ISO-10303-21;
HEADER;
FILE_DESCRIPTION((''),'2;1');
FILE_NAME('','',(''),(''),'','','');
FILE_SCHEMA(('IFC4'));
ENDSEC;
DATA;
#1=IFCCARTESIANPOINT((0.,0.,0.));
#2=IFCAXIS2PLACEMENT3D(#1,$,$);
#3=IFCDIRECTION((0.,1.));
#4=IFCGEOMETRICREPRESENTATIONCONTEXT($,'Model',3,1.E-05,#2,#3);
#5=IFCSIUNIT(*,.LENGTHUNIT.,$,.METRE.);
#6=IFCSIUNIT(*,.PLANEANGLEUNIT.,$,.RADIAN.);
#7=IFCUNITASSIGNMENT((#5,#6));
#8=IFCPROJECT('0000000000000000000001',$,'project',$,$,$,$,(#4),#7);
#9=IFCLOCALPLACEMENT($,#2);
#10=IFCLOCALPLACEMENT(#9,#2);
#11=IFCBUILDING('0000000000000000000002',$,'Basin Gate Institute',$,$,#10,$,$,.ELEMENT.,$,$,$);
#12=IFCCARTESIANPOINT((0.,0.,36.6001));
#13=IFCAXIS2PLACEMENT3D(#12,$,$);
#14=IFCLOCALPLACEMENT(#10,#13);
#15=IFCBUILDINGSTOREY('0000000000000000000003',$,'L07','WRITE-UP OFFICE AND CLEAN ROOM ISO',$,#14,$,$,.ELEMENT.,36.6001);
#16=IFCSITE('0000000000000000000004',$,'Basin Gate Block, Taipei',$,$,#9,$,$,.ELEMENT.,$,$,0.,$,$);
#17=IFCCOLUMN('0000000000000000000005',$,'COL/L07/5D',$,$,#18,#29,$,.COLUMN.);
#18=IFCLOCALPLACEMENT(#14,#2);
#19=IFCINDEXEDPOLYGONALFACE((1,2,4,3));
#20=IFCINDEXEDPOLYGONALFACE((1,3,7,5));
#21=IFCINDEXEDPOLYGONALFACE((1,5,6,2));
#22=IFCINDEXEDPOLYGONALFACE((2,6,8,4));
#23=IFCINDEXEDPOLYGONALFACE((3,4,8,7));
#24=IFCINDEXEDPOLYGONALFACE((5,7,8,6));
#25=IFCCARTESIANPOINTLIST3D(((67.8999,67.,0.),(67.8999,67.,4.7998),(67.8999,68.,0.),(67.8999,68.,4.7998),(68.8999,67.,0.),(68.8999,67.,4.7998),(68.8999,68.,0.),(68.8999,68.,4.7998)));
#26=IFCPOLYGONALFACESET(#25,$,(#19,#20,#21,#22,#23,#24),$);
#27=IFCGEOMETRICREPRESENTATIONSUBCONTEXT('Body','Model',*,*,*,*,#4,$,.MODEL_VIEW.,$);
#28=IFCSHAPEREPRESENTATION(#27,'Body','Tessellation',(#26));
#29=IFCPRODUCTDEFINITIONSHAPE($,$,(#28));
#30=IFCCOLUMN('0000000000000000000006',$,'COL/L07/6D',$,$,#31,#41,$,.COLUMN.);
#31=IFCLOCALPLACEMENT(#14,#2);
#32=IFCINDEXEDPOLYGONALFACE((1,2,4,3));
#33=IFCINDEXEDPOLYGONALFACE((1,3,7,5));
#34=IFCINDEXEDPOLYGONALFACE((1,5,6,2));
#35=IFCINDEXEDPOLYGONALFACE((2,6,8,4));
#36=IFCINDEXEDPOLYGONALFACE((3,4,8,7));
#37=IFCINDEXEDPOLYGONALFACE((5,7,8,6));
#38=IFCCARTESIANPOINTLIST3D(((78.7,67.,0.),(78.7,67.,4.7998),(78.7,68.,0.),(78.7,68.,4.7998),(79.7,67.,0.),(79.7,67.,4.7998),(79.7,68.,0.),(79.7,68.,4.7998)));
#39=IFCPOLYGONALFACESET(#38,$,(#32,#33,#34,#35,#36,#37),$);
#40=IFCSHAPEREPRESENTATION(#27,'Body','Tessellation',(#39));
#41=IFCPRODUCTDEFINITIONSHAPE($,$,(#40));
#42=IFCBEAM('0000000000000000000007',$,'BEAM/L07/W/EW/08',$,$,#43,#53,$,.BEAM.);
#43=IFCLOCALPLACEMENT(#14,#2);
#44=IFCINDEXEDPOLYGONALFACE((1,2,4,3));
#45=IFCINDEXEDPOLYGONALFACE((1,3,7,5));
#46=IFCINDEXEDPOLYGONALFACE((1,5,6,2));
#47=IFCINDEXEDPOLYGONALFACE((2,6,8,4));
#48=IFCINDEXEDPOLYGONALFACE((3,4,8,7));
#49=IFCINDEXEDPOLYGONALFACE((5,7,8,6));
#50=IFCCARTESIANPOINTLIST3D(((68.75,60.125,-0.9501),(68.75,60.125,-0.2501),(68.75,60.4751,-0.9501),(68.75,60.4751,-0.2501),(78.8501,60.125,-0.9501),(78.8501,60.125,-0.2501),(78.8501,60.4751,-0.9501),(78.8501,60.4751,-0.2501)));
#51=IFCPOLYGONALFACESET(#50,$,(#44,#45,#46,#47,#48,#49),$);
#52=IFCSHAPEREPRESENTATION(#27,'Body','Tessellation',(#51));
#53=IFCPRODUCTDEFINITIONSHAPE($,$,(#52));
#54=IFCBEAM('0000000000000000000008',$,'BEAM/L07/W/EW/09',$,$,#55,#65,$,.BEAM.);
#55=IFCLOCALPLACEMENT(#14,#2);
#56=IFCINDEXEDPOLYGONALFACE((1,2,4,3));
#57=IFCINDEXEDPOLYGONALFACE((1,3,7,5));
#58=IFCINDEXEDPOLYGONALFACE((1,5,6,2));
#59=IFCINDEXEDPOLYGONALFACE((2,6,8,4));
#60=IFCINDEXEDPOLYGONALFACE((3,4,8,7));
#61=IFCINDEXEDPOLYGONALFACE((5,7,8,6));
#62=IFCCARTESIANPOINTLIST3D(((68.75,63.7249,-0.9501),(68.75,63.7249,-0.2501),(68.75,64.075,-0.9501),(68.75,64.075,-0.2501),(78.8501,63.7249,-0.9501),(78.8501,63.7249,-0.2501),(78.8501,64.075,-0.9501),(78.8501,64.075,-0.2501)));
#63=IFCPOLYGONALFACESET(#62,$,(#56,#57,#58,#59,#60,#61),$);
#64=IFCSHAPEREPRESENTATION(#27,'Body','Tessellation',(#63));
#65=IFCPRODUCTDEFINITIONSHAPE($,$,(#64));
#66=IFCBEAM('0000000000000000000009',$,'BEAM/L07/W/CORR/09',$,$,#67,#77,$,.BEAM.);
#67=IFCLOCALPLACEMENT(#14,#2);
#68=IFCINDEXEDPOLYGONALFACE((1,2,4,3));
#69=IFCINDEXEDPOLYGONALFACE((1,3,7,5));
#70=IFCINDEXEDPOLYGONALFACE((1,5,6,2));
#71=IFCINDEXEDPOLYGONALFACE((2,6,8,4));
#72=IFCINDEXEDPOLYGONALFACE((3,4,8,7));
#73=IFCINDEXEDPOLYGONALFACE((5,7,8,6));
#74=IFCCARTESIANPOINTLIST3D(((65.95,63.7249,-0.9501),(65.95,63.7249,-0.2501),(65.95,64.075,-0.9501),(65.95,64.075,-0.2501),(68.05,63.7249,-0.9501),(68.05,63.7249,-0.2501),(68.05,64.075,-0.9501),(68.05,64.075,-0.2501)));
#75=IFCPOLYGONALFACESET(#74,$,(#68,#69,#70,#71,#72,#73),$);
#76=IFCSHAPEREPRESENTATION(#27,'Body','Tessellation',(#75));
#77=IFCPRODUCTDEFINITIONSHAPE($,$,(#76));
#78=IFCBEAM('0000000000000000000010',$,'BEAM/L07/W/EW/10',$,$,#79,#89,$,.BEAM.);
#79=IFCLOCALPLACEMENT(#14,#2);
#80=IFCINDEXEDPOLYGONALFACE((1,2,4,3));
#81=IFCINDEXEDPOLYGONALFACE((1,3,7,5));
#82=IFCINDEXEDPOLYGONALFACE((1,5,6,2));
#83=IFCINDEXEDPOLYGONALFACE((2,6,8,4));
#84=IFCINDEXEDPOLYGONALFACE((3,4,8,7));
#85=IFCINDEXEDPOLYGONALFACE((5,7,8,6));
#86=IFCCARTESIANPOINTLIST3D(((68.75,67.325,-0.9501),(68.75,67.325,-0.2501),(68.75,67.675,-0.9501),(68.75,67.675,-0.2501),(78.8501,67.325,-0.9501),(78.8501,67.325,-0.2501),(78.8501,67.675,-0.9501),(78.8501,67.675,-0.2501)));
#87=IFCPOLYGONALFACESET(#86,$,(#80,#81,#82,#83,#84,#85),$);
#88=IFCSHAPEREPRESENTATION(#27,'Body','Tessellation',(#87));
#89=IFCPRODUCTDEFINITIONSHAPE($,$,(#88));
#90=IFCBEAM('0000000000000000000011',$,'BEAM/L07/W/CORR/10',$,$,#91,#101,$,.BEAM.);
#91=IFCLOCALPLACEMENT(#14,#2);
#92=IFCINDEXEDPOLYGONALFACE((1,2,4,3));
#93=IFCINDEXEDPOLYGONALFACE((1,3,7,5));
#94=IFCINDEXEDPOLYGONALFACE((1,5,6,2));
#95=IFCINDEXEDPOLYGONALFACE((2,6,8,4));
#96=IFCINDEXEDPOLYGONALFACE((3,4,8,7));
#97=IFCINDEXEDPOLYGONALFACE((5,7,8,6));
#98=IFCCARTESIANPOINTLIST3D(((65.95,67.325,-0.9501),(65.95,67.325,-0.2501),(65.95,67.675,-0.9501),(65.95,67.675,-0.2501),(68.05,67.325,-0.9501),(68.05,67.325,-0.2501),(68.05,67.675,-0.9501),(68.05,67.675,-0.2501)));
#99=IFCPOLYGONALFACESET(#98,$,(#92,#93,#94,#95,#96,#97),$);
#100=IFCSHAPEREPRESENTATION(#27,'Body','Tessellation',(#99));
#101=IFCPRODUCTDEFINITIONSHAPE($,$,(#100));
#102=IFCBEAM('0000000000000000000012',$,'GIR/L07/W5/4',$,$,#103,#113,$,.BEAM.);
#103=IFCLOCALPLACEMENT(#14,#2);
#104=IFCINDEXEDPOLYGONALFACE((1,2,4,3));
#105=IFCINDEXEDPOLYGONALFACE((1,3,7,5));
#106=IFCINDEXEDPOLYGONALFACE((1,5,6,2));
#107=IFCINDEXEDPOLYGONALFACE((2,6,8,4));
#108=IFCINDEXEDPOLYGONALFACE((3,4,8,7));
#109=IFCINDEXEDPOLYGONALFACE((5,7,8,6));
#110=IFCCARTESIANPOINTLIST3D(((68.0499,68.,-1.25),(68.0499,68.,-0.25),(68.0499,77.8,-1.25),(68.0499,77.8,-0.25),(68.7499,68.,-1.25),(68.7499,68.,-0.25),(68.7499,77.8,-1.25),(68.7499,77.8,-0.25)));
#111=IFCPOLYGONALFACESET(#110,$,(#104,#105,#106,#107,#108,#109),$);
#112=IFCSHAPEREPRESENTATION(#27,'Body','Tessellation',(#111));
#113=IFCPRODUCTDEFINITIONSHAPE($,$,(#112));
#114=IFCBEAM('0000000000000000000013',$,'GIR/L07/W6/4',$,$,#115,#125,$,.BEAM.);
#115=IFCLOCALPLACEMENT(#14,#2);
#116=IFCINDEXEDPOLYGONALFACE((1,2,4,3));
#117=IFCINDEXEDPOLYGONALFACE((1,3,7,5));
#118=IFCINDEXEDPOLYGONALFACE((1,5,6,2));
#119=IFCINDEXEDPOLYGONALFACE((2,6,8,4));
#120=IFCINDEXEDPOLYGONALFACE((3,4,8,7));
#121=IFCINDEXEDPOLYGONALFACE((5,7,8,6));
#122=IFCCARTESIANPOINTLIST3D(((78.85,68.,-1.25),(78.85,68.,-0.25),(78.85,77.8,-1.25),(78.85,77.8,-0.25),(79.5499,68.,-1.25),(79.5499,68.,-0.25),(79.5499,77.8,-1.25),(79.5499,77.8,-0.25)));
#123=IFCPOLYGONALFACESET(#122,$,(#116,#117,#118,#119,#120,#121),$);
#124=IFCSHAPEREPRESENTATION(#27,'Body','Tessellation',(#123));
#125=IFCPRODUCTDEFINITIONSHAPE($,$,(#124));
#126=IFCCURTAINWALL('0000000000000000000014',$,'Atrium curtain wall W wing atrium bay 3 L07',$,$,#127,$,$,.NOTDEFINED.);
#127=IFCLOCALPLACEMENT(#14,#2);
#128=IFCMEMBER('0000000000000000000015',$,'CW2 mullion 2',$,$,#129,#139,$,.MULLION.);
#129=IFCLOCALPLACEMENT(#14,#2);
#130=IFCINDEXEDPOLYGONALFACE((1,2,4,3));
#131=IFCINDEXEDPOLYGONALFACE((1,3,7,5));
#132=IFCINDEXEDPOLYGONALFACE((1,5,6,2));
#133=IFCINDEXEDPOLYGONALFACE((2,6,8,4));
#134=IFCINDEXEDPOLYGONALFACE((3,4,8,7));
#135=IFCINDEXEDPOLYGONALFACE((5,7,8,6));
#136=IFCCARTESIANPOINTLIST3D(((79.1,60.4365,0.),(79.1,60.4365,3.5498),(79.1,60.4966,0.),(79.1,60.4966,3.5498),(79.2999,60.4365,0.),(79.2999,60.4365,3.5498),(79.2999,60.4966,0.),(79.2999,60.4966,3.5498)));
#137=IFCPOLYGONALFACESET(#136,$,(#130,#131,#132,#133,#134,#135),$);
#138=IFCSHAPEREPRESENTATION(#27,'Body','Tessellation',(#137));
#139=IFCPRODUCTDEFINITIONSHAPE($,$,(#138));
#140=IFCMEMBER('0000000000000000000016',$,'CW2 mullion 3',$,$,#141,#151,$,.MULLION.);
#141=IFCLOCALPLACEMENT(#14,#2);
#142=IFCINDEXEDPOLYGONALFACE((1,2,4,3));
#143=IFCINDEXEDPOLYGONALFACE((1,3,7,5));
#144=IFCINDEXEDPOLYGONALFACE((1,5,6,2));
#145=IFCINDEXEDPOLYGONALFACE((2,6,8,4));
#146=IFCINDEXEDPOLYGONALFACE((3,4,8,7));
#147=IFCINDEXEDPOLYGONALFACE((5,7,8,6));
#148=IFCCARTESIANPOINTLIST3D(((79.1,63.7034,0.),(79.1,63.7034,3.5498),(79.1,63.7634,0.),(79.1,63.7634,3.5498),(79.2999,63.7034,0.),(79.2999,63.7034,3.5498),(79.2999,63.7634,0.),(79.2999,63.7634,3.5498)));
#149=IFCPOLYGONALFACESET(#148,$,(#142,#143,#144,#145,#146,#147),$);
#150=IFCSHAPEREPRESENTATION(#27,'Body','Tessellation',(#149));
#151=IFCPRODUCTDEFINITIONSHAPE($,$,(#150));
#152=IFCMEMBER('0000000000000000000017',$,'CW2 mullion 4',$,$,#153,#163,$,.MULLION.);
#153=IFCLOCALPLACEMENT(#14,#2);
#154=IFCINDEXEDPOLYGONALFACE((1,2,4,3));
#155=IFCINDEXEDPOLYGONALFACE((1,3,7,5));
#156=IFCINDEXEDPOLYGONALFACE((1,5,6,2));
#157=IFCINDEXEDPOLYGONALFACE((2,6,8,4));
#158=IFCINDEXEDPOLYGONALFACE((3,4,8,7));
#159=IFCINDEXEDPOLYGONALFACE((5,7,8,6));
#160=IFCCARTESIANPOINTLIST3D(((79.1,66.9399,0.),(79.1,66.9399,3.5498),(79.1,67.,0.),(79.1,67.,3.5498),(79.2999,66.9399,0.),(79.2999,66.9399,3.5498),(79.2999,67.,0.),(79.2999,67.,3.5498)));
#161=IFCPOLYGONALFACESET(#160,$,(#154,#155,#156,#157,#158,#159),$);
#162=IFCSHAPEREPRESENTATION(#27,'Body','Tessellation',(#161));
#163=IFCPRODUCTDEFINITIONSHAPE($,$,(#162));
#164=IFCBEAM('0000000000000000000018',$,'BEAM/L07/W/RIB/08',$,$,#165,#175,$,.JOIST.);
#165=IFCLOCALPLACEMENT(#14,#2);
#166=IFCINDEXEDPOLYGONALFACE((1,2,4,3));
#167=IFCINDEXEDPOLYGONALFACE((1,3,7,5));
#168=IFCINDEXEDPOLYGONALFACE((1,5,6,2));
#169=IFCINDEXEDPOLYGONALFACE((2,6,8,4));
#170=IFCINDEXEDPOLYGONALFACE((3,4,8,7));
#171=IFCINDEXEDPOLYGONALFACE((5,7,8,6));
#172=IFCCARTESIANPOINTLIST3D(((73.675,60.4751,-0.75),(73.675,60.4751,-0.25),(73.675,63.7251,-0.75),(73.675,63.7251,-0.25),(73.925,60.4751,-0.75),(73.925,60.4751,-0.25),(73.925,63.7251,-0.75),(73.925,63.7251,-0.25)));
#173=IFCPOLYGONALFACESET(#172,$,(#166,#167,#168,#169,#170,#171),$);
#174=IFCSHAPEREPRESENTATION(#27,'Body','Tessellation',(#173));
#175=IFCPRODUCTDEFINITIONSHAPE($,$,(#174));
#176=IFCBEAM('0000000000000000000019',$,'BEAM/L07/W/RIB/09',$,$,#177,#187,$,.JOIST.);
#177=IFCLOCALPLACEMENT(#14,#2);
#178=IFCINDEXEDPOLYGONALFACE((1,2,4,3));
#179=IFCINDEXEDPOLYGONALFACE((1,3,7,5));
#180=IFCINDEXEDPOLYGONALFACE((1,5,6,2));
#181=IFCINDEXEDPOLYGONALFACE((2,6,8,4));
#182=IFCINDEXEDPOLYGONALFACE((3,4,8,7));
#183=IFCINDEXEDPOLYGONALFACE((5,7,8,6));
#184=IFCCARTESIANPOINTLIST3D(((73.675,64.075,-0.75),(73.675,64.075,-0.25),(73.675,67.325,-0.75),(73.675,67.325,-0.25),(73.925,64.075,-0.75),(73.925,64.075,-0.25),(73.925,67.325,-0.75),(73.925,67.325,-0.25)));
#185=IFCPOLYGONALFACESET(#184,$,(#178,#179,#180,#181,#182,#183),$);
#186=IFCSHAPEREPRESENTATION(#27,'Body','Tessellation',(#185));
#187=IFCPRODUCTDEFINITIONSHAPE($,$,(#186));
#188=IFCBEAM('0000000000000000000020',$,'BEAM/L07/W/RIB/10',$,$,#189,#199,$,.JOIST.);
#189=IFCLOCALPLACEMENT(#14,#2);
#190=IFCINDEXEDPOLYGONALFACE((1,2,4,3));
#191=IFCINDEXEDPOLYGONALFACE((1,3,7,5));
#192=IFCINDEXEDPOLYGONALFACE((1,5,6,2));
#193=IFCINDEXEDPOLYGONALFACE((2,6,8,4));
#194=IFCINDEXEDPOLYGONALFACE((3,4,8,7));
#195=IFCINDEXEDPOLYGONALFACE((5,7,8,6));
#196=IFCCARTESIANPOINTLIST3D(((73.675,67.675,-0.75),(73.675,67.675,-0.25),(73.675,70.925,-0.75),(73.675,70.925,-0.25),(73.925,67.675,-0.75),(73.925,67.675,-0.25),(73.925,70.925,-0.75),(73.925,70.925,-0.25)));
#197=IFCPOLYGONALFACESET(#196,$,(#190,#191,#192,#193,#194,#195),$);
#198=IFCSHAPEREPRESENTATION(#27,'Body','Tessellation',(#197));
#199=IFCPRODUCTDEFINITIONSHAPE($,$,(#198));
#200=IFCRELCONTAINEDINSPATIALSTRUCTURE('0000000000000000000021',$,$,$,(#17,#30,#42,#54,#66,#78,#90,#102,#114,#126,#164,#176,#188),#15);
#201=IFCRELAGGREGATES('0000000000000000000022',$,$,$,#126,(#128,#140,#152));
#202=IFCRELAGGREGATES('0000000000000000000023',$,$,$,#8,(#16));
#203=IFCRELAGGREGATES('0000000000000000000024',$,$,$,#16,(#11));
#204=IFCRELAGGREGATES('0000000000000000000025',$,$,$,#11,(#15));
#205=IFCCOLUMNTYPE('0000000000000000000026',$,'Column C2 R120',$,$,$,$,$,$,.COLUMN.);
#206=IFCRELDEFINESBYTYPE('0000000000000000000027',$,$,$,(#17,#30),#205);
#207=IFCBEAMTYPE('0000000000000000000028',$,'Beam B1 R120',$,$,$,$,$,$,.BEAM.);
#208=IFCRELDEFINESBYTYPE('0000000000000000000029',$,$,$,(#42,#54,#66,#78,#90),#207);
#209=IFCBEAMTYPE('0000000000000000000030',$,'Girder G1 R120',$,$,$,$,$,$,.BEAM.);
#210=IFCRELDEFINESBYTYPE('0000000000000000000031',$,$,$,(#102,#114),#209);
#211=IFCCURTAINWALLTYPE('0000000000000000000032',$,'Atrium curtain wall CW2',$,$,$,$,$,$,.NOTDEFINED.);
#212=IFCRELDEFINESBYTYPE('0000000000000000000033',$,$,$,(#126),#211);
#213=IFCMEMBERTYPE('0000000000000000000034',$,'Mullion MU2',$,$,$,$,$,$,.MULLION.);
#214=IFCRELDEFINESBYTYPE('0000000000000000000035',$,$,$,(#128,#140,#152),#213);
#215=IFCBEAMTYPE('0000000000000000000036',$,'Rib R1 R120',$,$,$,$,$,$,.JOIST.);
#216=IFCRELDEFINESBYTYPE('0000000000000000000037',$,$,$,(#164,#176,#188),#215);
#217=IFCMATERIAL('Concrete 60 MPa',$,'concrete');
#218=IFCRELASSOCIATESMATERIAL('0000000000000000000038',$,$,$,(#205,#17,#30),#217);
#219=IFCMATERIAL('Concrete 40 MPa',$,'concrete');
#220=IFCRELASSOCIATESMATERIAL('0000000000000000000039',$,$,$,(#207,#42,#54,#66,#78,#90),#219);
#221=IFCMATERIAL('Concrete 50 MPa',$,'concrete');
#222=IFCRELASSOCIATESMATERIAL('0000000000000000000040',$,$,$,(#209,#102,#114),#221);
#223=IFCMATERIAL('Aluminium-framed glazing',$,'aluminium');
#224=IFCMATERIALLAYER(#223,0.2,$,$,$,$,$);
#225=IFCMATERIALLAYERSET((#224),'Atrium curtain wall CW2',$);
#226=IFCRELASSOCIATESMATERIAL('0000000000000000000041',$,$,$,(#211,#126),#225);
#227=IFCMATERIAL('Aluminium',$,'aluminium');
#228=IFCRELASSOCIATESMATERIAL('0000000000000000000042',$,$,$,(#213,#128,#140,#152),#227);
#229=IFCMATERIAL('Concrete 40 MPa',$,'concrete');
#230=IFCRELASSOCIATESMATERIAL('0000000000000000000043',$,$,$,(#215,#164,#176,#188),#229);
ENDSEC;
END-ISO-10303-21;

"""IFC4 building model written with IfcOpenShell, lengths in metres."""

from ifc_helpers import new_model, si_unit, direction, frame, origin, origin_2d, place, context, subcontext, project, spatial, rectangle, extrude, material, layer, layer_set, material_profile, profile_set, type_object, element, aggregate, save


model = new_model("IFC4")

# Units and contexts
model_context = context("Model", 3, precision=1e-05, world=origin(), true_north=direction((0.0, 1.0)))
body_context = subcontext(model_context, "Body", "Model", "MODEL_VIEW")
ifc_project = project(units=[si_unit("LENGTHUNIT", "METRE"), si_unit("PLANEANGLEUNIT", "RADIAN")], contexts=[model_context])

# Site, building, storey
site_placement = place(None, origin())
site = spatial("IfcSite", under=ifc_project, at=site_placement, Name="Basin Gate Block, Taipei", CompositionType="ELEMENT", RefElevation=0.0)
building_placement = place(site_placement, origin())
building = spatial("IfcBuilding", under=site, at=building_placement, Name="Basin Gate Institute", CompositionType="ELEMENT")
storey_placement = place(building_placement, frame((0.0, 0.0, 36.6001)))
storey = spatial("IfcBuildingStorey", under=building, at=storey_placement, Name="L07", Description="WRITE-UP OFFICE AND CLEAN ROOM ISO", CompositionType="ELEMENT", Elevation=36.6001)

# Columns
ifc_material_1 = material(Name="Concrete 60 MPa", Category="concrete")
ifc_material_profile_1 = material_profile(ifc_material_1, rectangle(XDim=1.0, YDim=1.0, at=origin_2d()), Name="Column C2 1000 x 1000")
ifc_profile_set_1 = profile_set([ifc_material_profile_1], Name="Concrete 60 MPa")
column_type = type_object("IfcColumnType", Name="Column C2 R120", PredefinedType="COLUMN", material=ifc_profile_set_1)
for number, where, z_axis, x_axis, name in (
    (1, (68.3999, 67.5, 0.0), (0.0, 0.0, 1.0), (1.0, 0.0, 0.0), "COL/L07/5D"),
    (2, (79.2, 67.5, 0.0), (0.0, 0.0, 1.0), (1.0, 0.0, 0.0), "COL/L07/6D"),
):
    element("IfcColumn", number, at=place(storey_placement, frame(where, z_axis=z_axis, x_axis=x_axis)), inside=storey, type_object=column_type, material=ifc_profile_set_1, Name=name, PredefinedType="COLUMN", context=body_context, shape_type="SweptSolid", body=[
        extrude(rectangle(XDim=1.0, YDim=1.0, at=origin_2d()), origin(), (0.0, 0.0, 1.0), 4.7998),
    ])

# Beams
ifc_material_2 = material(Name="Concrete 40 MPa", Category="concrete")
ifc_material_profile_2 = material_profile(ifc_material_2, rectangle(XDim=0.3501, YDim=0.7, at=origin_2d()), Name="Beam B1 350 x 700")
ifc_profile_set_2 = profile_set([ifc_material_profile_2], Name="Concrete 40 MPa")
beam_type_1 = type_object("IfcBeamType", Name="Beam B1 R120", PredefinedType="BEAM", material=ifc_profile_set_2)
for number, where, z_axis, x_axis, name in (
    (3, (68.75, 60.3, -0.6001), (1.0, 0.0, 0.0), (0.0, 1.0, 0.0), "BEAM/L07/W/EW/08"),
    (4, (68.75, 63.8999, -0.6001), (1.0, 0.0, 0.0), (0.0, 1.0, 0.0), "BEAM/L07/W/EW/09"),
):
    element("IfcBeam", number, at=place(storey_placement, frame(where, z_axis=z_axis, x_axis=x_axis)), inside=storey, type_object=beam_type_1, material=ifc_profile_set_2, Name=name, PredefinedType="BEAM", context=body_context, shape_type="SweptSolid", body=[
        extrude(rectangle(XDim=0.3501, YDim=0.7, at=origin_2d()), origin(), (0.0, 0.0, 1.0), 10.1001),
    ])
beam_1_placement = place(storey_placement, frame((65.95, 63.8999, -0.6001), z_axis=(1.0, 0.0, 0.0), x_axis=(0.0, 1.0, 0.0)))
element("IfcBeam", 5, at=beam_1_placement, inside=storey, type_object=beam_type_1, material=ifc_profile_set_2, Name="BEAM/L07/W/CORR/09", PredefinedType="BEAM", context=body_context, shape_type="SweptSolid", body=[
    extrude(rectangle(XDim=0.3501, YDim=0.7, at=origin_2d()), origin(), (0.0, 0.0, 1.0), 2.1001),
])
beam_2_placement = place(storey_placement, frame((68.75, 67.5, -0.6001), z_axis=(1.0, 0.0, 0.0), x_axis=(0.0, 1.0, 0.0)))
element("IfcBeam", 6, at=beam_2_placement, inside=storey, type_object=beam_type_1, material=ifc_profile_set_2, Name="BEAM/L07/W/EW/10", PredefinedType="BEAM", context=body_context, shape_type="SweptSolid", body=[
    extrude(rectangle(XDim=0.3501, YDim=0.7, at=origin_2d()), origin(), (0.0, 0.0, 1.0), 10.1001),
])
beam_3_placement = place(storey_placement, frame((65.95, 67.5, -0.6001), z_axis=(1.0, 0.0, 0.0), x_axis=(0.0, 1.0, 0.0)))
element("IfcBeam", 7, at=beam_3_placement, inside=storey, type_object=beam_type_1, material=ifc_profile_set_2, Name="BEAM/L07/W/CORR/10", PredefinedType="BEAM", context=body_context, shape_type="SweptSolid", body=[
    extrude(rectangle(XDim=0.3501, YDim=0.7, at=origin_2d()), origin(), (0.0, 0.0, 1.0), 2.1001),
])
ifc_material_3 = material(Name="Concrete 50 MPa", Category="concrete")
ifc_material_profile_3 = material_profile(ifc_material_3, rectangle(XDim=0.7, YDim=1.0, at=origin_2d()), Name="Girder G1 700 x 1000")
ifc_profile_set_3 = profile_set([ifc_material_profile_3], Name="Concrete 50 MPa")
beam_type_2 = type_object("IfcBeamType", Name="Girder G1 R120", PredefinedType="BEAM", material=ifc_profile_set_3)
for number, where, z_axis, x_axis, name in (
    (8, (68.3999, 68.0, -0.75), (0.0, 1.0, 0.0), (-1.0, 0.0, 0.0), "GIR/L07/W5/4"),
    (9, (79.2, 68.0, -0.75), (0.0, 1.0, 0.0), (-1.0, 0.0, 0.0), "GIR/L07/W6/4"),
):
    element("IfcBeam", number, at=place(storey_placement, frame(where, z_axis=z_axis, x_axis=x_axis)), inside=storey, type_object=beam_type_2, material=ifc_profile_set_3, Name=name, PredefinedType="BEAM", context=body_context, shape_type="SweptSolid", body=[
        extrude(rectangle(XDim=0.7, YDim=1.0, at=origin_2d()), origin(), (0.0, 0.0, 1.0), 9.8),
    ])

# Curtain wall, members
ifc_material_4 = material(Name="Aluminium-framed glazing", Category="aluminium")
ifc_layer_1 = layer(ifc_material_4, 0.2)
ifc_layer_set_1 = layer_set([ifc_layer_1], Name="Atrium curtain wall CW2")
curtain_wall_type = type_object("IfcCurtainWallType", Name="Atrium curtain wall CW2", PredefinedType="NOTDEFINED", material=ifc_layer_set_1)
curtain_wall_placement = place(storey_placement, origin())
curtain_wall = element("IfcCurtainWall", 10, at=curtain_wall_placement, inside=storey, type_object=curtain_wall_type, material=ifc_layer_set_1, Name="Atrium curtain wall W wing atrium bay 3 L07", PredefinedType="NOTDEFINED")
ifc_material_5 = material(Name="Aluminium", Category="aluminium")
ifc_material_profile_4 = material_profile(ifc_material_5, rectangle(XDim=0.2, YDim=0.0601, at=origin_2d()), Name="Mullion MU2 200 x 60")
ifc_profile_set_4 = profile_set([ifc_material_profile_4], Name="Aluminium")
member_type_1 = type_object("IfcMemberType", Name="Mullion MU2", PredefinedType="MULLION", material=ifc_profile_set_4)
member_1_placement = place(storey_placement, frame((79.2, 60.4666, 0.0), z_axis=(0.0, 0.0, 1.0), x_axis=(-1.0, 0.0, 0.0)))
member_1 = element("IfcMember", 11, at=member_1_placement, type_object=member_type_1, material=ifc_profile_set_4, Name="CW2 mullion 2", PredefinedType="MULLION", context=body_context, shape_type="SweptSolid", body=[
    extrude(rectangle(XDim=0.2, YDim=0.0601, at=origin_2d()), origin(), (0.0, 0.0, 1.0), 3.5498),
])
member_2_placement = place(storey_placement, frame((79.2, 63.7334, 0.0), z_axis=(0.0, 0.0, 1.0), x_axis=(-1.0, 0.0, 0.0)))
member_2 = element("IfcMember", 12, at=member_2_placement, type_object=member_type_1, material=ifc_profile_set_4, Name="CW2 mullion 3", PredefinedType="MULLION", context=body_context, shape_type="SweptSolid", body=[
    extrude(rectangle(XDim=0.2, YDim=0.0601, at=origin_2d()), origin(), (0.0, 0.0, 1.0), 3.5498),
])
member_3_placement = place(storey_placement, frame((79.2, 66.97, 0.0), z_axis=(0.0, 0.0, 1.0), x_axis=(-1.0, 0.0, 0.0)))
member_3 = element("IfcMember", 13, at=member_3_placement, type_object=member_type_1, material=ifc_profile_set_4, Name="CW2 mullion 4", PredefinedType="MULLION", context=body_context, shape_type="SweptSolid", body=[
    extrude(rectangle(XDim=0.2, YDim=0.0601, at=origin_2d()), origin(), (0.0, 0.0, 1.0), 3.5498),
])

# Beams
ifc_material_6 = material(Name="Concrete 40 MPa", Category="concrete")
ifc_material_profile_5 = material_profile(ifc_material_6, rectangle(XDim=0.25, YDim=0.5, at=origin_2d()), Name="Rib R1 250 x 500")
ifc_profile_set_5 = profile_set([ifc_material_profile_5], Name="Concrete 40 MPa")
beam_type_3 = type_object("IfcBeamType", Name="Rib R1 R120", PredefinedType="JOIST", material=ifc_profile_set_5)
for number, where, z_axis, x_axis, name in (
    (14, (73.8, 60.4751, -0.5), (0.0, 1.0, 0.0), (-1.0, 0.0, 0.0), "BEAM/L07/W/RIB/08"),
    (15, (73.8, 64.075, -0.5), (0.0, 1.0, 0.0), (-1.0, 0.0, 0.0), "BEAM/L07/W/RIB/09"),
    (16, (73.8, 67.675, -0.5), (0.0, 1.0, 0.0), (-1.0, 0.0, 0.0), "BEAM/L07/W/RIB/10"),
):
    element("IfcBeam", number, at=place(storey_placement, frame(where, z_axis=z_axis, x_axis=x_axis)), inside=storey, type_object=beam_type_3, material=ifc_profile_set_5, Name=name, PredefinedType="JOIST", context=body_context, shape_type="SweptSolid", body=[
        extrude(rectangle(XDim=0.25, YDim=0.5, at=origin_2d()), origin(), (0.0, 0.0, 1.0), 3.25),
    ])

aggregate(curtain_wall, [member_1, member_2, member_3])

save(model, "model.ifc")
